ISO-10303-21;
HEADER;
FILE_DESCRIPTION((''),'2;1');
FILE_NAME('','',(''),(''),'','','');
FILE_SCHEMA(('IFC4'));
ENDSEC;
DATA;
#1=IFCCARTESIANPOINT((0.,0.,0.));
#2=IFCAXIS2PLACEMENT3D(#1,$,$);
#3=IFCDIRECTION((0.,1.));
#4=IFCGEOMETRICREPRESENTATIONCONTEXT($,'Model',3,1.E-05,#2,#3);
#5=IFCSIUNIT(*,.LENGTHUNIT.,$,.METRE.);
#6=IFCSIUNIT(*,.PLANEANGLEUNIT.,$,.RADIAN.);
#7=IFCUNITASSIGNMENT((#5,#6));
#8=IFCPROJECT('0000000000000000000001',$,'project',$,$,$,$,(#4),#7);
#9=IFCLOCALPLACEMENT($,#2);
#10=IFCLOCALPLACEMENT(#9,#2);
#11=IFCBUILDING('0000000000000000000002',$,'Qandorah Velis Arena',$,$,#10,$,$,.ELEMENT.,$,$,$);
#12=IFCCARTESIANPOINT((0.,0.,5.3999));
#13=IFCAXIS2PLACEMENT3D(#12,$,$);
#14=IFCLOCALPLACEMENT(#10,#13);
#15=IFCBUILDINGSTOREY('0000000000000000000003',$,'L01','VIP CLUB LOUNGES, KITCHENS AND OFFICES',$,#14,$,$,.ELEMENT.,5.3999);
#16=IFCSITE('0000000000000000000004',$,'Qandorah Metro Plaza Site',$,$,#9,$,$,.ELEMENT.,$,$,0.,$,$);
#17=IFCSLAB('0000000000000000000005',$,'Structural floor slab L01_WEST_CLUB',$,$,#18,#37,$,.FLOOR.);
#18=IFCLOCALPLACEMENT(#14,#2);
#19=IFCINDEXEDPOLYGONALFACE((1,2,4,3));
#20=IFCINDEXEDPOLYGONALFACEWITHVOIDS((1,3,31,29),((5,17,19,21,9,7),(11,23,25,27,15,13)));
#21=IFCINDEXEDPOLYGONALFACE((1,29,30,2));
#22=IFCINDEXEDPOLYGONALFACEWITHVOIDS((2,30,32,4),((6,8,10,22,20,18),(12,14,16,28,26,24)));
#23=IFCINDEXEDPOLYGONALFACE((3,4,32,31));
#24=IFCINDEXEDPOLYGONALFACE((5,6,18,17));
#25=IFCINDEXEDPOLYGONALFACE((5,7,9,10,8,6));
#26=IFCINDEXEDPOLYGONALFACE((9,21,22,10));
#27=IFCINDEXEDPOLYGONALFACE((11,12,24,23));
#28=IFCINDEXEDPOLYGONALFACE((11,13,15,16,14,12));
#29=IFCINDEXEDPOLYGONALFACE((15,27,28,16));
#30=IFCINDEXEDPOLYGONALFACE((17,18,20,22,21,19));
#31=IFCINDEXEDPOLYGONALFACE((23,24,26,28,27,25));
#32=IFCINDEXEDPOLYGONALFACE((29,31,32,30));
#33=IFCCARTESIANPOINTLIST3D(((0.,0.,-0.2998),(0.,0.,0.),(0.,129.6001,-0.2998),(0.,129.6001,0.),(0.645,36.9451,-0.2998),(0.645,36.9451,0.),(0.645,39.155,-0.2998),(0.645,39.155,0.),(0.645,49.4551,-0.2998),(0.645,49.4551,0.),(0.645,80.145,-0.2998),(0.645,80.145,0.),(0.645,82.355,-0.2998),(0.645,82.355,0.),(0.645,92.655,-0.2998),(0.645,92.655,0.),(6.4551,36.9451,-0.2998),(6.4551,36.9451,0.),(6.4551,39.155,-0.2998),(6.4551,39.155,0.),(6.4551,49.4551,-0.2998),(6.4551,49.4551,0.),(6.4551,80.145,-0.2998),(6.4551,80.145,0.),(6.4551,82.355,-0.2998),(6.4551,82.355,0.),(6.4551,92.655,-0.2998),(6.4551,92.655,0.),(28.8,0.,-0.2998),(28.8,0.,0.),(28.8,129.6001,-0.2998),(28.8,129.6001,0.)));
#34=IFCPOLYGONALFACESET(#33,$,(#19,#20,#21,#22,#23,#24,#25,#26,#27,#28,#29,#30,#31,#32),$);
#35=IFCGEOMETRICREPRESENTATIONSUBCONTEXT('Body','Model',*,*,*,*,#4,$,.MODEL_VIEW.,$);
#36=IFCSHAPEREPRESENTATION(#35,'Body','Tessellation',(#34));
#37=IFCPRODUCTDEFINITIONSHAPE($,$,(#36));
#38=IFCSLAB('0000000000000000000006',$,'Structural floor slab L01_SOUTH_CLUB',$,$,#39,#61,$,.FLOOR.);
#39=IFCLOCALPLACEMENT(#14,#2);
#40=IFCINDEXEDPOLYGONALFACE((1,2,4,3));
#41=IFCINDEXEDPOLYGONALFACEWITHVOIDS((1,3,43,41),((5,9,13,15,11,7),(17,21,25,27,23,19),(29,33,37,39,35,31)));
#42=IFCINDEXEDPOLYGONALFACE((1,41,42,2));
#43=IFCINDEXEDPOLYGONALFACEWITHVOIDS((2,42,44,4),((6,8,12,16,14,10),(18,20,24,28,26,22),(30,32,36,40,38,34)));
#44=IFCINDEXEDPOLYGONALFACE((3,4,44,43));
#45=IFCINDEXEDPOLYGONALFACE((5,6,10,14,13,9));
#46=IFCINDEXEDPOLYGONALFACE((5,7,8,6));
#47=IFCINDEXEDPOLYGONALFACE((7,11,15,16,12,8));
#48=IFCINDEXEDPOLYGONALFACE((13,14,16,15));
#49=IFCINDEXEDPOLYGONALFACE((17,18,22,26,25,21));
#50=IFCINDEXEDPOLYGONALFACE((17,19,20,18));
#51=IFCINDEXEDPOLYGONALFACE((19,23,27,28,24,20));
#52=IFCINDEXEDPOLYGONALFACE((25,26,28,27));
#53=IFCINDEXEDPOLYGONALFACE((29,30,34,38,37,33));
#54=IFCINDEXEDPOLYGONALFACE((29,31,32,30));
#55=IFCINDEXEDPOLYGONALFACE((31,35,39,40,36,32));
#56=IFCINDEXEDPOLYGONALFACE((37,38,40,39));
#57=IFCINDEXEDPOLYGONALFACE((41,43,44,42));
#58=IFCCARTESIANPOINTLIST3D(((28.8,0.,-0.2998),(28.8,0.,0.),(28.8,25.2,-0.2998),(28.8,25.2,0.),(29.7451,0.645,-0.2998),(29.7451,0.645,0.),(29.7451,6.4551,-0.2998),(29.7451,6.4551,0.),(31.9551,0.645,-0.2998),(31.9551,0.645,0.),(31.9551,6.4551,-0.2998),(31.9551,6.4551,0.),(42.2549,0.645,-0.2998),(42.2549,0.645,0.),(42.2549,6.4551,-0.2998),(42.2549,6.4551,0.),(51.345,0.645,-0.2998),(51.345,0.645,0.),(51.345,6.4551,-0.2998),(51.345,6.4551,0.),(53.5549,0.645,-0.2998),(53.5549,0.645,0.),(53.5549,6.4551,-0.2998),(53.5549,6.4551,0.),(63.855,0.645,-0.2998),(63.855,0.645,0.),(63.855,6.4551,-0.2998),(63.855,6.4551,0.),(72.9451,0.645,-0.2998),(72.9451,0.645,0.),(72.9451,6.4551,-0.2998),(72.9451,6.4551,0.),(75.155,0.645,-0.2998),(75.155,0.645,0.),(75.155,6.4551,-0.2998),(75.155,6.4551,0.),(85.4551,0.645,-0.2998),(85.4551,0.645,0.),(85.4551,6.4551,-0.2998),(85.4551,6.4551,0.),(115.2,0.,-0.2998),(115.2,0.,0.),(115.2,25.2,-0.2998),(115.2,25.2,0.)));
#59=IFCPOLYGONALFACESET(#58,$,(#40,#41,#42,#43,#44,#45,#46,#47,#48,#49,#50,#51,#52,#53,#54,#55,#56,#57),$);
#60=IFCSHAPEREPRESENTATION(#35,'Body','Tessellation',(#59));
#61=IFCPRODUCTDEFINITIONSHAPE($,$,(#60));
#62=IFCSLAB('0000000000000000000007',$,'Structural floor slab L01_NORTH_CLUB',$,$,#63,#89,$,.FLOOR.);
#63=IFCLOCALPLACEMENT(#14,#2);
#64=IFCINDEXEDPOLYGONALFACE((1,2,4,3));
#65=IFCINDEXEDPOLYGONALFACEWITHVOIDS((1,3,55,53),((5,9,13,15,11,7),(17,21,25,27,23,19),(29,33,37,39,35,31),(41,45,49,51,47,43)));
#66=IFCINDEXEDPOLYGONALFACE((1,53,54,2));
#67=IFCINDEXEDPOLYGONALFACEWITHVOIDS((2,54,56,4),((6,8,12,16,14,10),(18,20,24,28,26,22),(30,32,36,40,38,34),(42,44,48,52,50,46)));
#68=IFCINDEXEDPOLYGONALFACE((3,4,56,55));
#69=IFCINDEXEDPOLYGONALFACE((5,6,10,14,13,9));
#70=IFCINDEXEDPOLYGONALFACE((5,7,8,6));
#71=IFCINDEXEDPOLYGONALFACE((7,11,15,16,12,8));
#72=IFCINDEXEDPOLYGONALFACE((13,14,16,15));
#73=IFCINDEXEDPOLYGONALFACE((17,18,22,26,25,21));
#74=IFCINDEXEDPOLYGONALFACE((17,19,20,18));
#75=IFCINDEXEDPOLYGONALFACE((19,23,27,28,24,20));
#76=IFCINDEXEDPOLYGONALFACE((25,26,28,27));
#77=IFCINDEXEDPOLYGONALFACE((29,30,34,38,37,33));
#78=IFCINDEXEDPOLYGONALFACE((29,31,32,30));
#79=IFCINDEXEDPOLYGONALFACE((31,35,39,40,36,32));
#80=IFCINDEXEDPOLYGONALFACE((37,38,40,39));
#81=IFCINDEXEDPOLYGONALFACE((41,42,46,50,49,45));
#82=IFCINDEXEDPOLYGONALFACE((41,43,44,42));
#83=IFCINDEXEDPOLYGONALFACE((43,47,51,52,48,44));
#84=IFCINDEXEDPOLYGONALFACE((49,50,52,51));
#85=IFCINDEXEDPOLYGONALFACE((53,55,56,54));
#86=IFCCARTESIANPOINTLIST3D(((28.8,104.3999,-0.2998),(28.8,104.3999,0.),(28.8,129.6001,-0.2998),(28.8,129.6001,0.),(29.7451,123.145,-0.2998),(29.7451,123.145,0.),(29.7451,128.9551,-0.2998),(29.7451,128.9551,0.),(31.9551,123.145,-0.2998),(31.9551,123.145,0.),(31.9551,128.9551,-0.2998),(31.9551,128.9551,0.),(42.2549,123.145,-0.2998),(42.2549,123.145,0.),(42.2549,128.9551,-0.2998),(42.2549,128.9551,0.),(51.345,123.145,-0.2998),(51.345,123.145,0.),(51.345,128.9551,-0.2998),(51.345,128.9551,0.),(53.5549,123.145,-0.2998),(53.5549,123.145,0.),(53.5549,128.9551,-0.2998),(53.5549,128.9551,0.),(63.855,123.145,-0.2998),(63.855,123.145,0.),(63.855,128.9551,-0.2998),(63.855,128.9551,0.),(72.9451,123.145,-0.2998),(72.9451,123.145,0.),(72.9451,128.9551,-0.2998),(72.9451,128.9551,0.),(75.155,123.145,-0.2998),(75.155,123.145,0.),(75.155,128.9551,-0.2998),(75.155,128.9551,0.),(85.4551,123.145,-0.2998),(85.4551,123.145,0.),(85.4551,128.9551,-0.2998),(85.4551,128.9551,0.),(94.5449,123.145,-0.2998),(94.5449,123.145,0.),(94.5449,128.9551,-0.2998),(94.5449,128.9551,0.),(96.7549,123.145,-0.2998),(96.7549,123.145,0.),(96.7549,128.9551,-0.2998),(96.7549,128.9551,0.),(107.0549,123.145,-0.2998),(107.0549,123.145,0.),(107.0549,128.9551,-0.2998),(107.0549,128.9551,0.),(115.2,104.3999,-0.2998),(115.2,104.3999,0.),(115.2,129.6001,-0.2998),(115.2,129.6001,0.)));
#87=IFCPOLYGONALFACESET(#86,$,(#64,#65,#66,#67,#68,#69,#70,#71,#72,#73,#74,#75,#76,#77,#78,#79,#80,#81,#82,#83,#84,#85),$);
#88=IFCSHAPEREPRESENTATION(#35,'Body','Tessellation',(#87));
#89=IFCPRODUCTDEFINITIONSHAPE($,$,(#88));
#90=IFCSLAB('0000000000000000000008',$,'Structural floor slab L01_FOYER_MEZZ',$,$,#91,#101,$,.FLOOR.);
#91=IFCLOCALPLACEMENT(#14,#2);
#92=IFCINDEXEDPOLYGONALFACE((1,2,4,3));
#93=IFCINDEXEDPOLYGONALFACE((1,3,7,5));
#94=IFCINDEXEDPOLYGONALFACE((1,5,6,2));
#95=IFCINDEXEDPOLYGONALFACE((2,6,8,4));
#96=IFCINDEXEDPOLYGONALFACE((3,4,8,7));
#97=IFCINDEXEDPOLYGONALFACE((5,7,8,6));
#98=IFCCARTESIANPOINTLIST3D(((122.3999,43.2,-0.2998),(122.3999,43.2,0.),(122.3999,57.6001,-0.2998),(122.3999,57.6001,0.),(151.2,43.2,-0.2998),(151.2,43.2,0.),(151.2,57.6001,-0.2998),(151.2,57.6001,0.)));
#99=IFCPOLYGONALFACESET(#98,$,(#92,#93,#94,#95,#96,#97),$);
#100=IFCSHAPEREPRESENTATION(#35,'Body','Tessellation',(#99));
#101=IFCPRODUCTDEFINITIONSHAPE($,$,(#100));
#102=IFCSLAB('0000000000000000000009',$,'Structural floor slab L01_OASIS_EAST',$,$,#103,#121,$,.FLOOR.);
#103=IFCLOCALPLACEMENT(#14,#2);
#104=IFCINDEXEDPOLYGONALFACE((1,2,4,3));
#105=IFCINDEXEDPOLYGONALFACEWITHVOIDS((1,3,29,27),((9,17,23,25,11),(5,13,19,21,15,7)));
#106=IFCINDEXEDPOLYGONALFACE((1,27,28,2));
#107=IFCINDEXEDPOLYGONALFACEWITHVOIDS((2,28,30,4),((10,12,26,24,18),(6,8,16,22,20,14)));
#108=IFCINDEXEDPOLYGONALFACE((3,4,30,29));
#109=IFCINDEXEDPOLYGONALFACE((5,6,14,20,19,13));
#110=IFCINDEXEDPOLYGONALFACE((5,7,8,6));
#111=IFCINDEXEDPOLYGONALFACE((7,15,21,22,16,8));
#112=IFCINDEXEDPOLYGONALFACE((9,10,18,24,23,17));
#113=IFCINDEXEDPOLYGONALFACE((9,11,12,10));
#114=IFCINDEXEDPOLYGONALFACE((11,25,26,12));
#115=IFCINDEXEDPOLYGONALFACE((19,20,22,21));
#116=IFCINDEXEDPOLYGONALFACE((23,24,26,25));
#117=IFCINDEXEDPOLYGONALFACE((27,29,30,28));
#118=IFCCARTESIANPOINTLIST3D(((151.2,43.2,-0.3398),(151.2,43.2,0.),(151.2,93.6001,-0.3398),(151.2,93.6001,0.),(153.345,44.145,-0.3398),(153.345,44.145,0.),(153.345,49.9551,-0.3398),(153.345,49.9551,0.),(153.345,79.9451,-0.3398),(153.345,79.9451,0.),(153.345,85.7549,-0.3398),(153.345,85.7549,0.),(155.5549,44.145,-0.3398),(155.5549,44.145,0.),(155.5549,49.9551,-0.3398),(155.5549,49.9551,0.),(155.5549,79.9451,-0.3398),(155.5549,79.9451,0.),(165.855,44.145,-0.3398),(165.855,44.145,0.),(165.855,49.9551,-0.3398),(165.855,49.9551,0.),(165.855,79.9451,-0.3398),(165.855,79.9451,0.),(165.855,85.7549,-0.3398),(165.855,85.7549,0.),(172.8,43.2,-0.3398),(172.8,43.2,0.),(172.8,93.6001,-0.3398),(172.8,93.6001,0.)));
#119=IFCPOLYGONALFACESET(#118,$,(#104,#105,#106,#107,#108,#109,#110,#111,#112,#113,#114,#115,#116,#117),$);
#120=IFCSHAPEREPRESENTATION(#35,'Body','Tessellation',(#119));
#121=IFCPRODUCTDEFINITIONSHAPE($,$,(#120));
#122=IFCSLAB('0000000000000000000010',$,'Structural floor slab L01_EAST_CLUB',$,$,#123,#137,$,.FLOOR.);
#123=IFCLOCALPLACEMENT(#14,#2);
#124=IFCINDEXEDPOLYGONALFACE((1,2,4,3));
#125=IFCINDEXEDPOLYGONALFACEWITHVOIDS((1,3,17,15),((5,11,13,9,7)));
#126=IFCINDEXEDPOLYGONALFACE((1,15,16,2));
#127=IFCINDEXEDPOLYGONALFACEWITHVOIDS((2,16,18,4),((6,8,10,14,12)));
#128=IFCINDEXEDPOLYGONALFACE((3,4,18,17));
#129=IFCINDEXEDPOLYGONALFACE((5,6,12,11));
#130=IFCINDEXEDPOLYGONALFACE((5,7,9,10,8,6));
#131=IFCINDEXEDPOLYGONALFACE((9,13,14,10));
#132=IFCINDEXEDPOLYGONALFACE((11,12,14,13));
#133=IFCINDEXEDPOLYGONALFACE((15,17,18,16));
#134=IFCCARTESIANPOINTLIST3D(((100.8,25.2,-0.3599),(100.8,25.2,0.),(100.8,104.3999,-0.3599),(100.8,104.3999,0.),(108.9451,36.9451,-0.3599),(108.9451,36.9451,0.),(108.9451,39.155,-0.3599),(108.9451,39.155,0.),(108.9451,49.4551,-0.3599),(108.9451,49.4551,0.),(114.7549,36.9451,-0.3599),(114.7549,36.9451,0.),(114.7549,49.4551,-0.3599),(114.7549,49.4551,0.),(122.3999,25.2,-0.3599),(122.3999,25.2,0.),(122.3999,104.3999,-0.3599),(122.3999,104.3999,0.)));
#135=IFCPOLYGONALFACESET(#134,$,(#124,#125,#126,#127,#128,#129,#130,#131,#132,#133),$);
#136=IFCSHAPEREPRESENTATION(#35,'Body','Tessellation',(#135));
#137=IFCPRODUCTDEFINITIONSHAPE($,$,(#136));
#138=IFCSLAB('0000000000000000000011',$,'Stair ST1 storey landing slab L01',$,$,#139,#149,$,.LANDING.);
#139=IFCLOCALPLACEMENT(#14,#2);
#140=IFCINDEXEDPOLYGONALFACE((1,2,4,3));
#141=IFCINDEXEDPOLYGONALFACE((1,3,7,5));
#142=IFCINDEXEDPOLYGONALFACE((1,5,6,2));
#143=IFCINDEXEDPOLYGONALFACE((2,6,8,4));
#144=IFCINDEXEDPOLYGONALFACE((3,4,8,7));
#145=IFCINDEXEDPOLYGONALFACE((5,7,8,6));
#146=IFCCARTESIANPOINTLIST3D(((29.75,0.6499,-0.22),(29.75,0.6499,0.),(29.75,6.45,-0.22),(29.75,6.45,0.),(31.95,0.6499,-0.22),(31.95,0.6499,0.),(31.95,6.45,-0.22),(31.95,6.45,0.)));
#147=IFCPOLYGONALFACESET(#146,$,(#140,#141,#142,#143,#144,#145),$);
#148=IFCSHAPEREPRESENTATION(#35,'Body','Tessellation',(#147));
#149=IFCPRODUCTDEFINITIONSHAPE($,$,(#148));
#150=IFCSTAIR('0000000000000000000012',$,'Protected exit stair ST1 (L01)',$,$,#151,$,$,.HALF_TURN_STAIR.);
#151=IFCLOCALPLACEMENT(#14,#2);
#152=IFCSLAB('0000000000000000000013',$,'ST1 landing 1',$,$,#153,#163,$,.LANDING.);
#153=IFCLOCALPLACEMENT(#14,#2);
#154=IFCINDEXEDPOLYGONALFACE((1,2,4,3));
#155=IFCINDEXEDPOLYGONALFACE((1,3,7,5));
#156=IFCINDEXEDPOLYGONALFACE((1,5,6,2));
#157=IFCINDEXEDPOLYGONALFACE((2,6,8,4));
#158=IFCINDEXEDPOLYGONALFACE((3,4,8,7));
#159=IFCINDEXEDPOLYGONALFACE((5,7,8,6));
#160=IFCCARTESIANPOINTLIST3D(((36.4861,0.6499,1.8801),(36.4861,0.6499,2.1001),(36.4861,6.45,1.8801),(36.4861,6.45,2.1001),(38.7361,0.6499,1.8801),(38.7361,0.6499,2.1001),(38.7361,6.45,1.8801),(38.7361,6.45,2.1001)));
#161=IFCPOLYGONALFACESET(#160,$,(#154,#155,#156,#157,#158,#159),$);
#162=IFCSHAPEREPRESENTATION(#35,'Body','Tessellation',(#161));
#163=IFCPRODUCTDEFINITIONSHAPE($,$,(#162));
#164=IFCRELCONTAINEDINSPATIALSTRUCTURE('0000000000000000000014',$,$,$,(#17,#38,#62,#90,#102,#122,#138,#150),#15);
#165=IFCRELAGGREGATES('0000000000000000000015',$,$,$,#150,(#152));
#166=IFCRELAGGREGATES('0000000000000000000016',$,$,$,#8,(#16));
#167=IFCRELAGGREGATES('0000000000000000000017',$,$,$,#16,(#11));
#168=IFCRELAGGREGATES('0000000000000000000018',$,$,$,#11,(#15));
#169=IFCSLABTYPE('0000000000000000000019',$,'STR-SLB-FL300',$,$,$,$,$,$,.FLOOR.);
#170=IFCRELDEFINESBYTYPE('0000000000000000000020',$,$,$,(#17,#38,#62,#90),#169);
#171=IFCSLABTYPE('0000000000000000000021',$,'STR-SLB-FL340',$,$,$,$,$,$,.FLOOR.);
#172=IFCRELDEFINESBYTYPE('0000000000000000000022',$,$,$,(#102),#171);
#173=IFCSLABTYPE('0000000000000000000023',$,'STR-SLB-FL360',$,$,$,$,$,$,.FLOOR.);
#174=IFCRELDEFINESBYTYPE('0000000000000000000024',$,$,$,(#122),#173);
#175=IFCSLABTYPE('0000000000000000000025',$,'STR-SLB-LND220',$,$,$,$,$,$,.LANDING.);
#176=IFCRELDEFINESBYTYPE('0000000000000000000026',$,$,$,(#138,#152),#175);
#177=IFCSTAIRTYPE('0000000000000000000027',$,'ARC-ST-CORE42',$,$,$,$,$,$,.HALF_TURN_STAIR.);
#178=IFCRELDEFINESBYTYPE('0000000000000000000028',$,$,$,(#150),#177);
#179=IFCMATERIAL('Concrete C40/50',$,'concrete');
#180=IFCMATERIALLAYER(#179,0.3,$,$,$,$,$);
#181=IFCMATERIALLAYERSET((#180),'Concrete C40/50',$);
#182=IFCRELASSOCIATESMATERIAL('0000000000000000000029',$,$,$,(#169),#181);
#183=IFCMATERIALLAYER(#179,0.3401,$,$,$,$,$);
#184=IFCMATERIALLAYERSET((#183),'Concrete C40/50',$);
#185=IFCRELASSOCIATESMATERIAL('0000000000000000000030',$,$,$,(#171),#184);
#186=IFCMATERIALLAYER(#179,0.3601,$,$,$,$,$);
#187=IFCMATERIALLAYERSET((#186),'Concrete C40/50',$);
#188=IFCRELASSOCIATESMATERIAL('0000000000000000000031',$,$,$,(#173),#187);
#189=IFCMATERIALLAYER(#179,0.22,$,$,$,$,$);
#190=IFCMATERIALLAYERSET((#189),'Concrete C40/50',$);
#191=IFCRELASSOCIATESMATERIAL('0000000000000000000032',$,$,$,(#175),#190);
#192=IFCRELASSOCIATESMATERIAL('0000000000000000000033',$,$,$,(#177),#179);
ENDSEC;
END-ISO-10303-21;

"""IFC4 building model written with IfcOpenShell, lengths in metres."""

from ifc_helpers import new_model, si_unit, direction, frame, origin, place, context, subcontext, project, spatial, polyline, outline, extrude, material, layer, layer_set, type_object, element, aggregate, save


model = new_model("IFC4")

# Units and contexts
model_context = context("Model", 3, precision=1e-05, world=origin(), true_north=direction((0.0, 1.0)))
body_context = subcontext(model_context, "Body", "Model", "MODEL_VIEW")
ifc_project = project(units=[si_unit("LENGTHUNIT", "METRE"), si_unit("PLANEANGLEUNIT", "RADIAN")], contexts=[model_context])

# Site, building, storey
site_placement = place(None, origin())
site = spatial("IfcSite", under=ifc_project, at=site_placement, Name="Qandorah Metro Plaza Site", CompositionType="ELEMENT", RefElevation=0.0)
building_placement = place(site_placement, origin())
building = spatial("IfcBuilding", under=site, at=building_placement, Name="Qandorah Velis Arena", CompositionType="ELEMENT")
storey_placement = place(building_placement, frame((0.0, 0.0, 5.3999)))
storey = spatial("IfcBuildingStorey", under=building, at=storey_placement, Name="L01", Description="VIP CLUB LOUNGES, KITCHENS AND OFFICES", CompositionType="ELEMENT", Elevation=5.3999)

# Slabs
ifc_material = material(Name="Concrete C40/50", Category="concrete")
ifc_layer_1 = layer(ifc_material, 0.3)
ifc_layer_set_1 = layer_set([ifc_layer_1], Name="Concrete C40/50")
slab_type_1 = type_object("IfcSlabType", Name="STR-SLB-FL300", PredefinedType="FLOOR", material=ifc_layer_set_1)
slab_1_placement = place(storey_placement, frame((0.0, 0.0, -0.2998)))
element("IfcSlab", 1, at=slab_1_placement, inside=storey, type_object=slab_type_1, Name="Structural floor slab L01_WEST_CLUB", PredefinedType="FLOOR", context=body_context, shape_type="SweptSolid", body=[
    extrude(outline(polyline([(28.8, 0.0), (0.0, 0.0), (0.0, 129.6001), (28.8, 129.6001), (28.8, 0.0)]), holes=[polyline([(6.4551, 36.9451), (6.4551, 39.155), (6.4551, 49.4551), (0.645, 49.4551), (0.645, 39.155), (0.645, 36.9451), (6.4551, 36.9451)]), polyline([(0.645, 80.145), (6.4551, 80.145), (6.4551, 82.355), (6.4551, 92.655), (0.645, 92.655), (0.645, 82.355), (0.645, 80.145)])]), origin(), (0.0, 0.0, 1.0), 0.2998),
])
slab_2_placement = place(storey_placement, frame((0.0, 0.0, -0.2998)))
element("IfcSlab", 2, at=slab_2_placement, inside=storey, type_object=slab_type_1, Name="Structural floor slab L01_SOUTH_CLUB", PredefinedType="FLOOR", context=body_context, shape_type="SweptSolid", body=[
    extrude(outline(polyline([(28.8, 25.2), (115.2, 25.2), (115.2, 0.0), (28.8, 0.0), (28.8, 25.2)]), holes=[polyline([(42.2549, 6.4551), (31.9551, 6.4551), (29.7451, 6.4551), (29.7451, 0.645), (31.9551, 0.645), (42.2549, 0.645), (42.2549, 6.4551)]), polyline([(85.4551, 0.645), (85.4551, 6.4551), (75.155, 6.4551), (72.9451, 6.4551), (72.9451, 0.645), (75.155, 0.645), (85.4551, 0.645)]), polyline([(51.345, 0.645), (53.5549, 0.645), (63.855, 0.645), (63.855, 6.4551), (53.5549, 6.4551), (51.345, 6.4551), (51.345, 6.4551), (51.345, 0.645), (51.345, 0.645)])]), origin(), (0.0, 0.0, 1.0), 0.2998),
])
slab_3_placement = place(storey_placement, frame((0.0, 0.0, -0.2998)))
element("IfcSlab", 3, at=slab_3_placement, inside=storey, type_object=slab_type_1, Name="Structural floor slab L01_NORTH_CLUB", PredefinedType="FLOOR", context=body_context, shape_type="SweptSolid", body=[
    extrude(outline(polyline([(115.2, 104.3999), (28.8, 104.3999), (28.8, 129.6001), (115.2, 129.6001), (115.2, 104.3999)]), holes=[polyline([(29.7451, 123.145), (31.9551, 123.145), (42.2549, 123.145), (42.2549, 128.9551), (31.9551, 128.9551), (31.9551, 128.9551), (29.7451, 128.9551), (29.7451, 128.9551), (29.7451, 123.145)]), polyline([(72.9451, 128.9551), (72.9451, 123.145), (75.155, 123.145), (85.4551, 123.145), (85.4551, 128.9551), (75.155, 128.9551), (75.155, 128.9551), (72.9451, 128.9551), (72.9451, 128.9551)]), polyline([(51.345, 128.9551), (51.345, 123.145), (51.345, 123.145), (53.5549, 123.145), (63.855, 123.145), (63.855, 128.9551), (53.5549, 128.9551), (53.5549, 128.9551), (51.345, 128.9551)]), polyline([(96.7549, 128.9551), (94.5449, 128.9551), (94.5449, 128.9551), (94.5449, 123.145), (96.7549, 123.145), (107.0549, 123.145), (107.0549, 128.9551), (96.7549, 128.9551), (96.7549, 128.9551)])]), origin(), (0.0, 0.0, 1.0), 0.2998),
])
slab_4_placement = place(storey_placement, frame((0.0, 0.0, -0.2998)))
element("IfcSlab", 4, at=slab_4_placement, inside=storey, type_object=slab_type_1, Name="Structural floor slab L01_FOYER_MEZZ", PredefinedType="FLOOR", context=body_context, shape_type="SweptSolid", body=[
    extrude(outline(polyline([(151.2, 43.2), (151.2, 57.6001), (122.3999, 57.6001), (122.3999, 43.2), (151.2, 43.2)])), origin(), (0.0, 0.0, 1.0), 0.2998),
])
ifc_layer_2 = layer(ifc_material, 0.3401)
ifc_layer_set_2 = layer_set([ifc_layer_2], Name="Concrete C40/50")
slab_type_2 = type_object("IfcSlabType", Name="STR-SLB-FL340", PredefinedType="FLOOR", material=ifc_layer_set_2)
slab_5_placement = place(storey_placement, frame((0.0, 0.0, -0.3398)))
element("IfcSlab", 5, at=slab_5_placement, inside=storey, type_object=slab_type_2, Name="Structural floor slab L01_OASIS_EAST", PredefinedType="FLOOR", context=body_context, shape_type="SweptSolid", body=[
    extrude(outline(polyline([(172.8, 43.2), (151.2, 43.2), (151.2, 93.6001), (172.8, 93.6001), (172.8, 43.2)]), holes=[polyline([(155.5549, 44.145), (165.855, 44.145), (165.855, 49.9551), (155.5549, 49.9551), (153.345, 49.9551), (153.345, 44.145), (155.5549, 44.145)]), polyline([(153.345, 79.9451), (155.5549, 79.9451), (165.855, 79.9451), (165.855, 85.7549), (153.345, 85.7549), (153.345, 85.7549), (153.345, 79.9451)])]), origin(), (0.0, 0.0, 1.0), 0.3398),
])
ifc_layer_3 = layer(ifc_material, 0.3601)
ifc_layer_set_3 = layer_set([ifc_layer_3], Name="Concrete C40/50")
slab_type_3 = type_object("IfcSlabType", Name="STR-SLB-FL360", PredefinedType="FLOOR", material=ifc_layer_set_3)
slab_6_placement = place(storey_placement, frame((0.0, 0.0, -0.3599)))
element("IfcSlab", 6, at=slab_6_placement, inside=storey, type_object=slab_type_3, Name="Structural floor slab L01_EAST_CLUB", PredefinedType="FLOOR", context=body_context, shape_type="SweptSolid", body=[
    extrude(outline(polyline([(100.8, 104.3999), (122.3999, 104.3999), (122.3999, 25.2), (100.8, 25.2), (100.8, 104.3999)]), holes=[polyline([(108.9451, 36.9451), (114.7549, 36.9451), (114.7549, 36.9451), (114.7549, 49.4551), (108.9451, 49.4551), (108.9451, 39.155), (108.9451, 36.9451)])]), origin(), (0.0, 0.0, 1.0), 0.3599),
])
ifc_layer_4 = layer(ifc_material, 0.22)
ifc_layer_set_4 = layer_set([ifc_layer_4], Name="Concrete C40/50")
slab_type_4 = type_object("IfcSlabType", Name="STR-SLB-LND220", PredefinedType="LANDING", material=ifc_layer_set_4)
slab_7_placement = place(storey_placement, frame((0.0, 0.0, -0.22)))
element("IfcSlab", 7, at=slab_7_placement, inside=storey, type_object=slab_type_4, Name="Stair ST1 storey landing slab L01", PredefinedType="LANDING", context=body_context, shape_type="SweptSolid", body=[
    extrude(outline(polyline([(29.75, 0.6499), (31.95, 0.6499), (31.95, 6.45), (29.75, 6.45), (29.75, 0.6499)])), origin(), (0.0, 0.0, 1.0), 0.22),
])

# Stair, slab
stair_type = type_object("IfcStairType", Name="ARC-ST-CORE42", PredefinedType="HALF_TURN_STAIR", material=ifc_material)
stair_1_placement = place(storey_placement, origin())
stair_1 = element("IfcStair", 8, at=stair_1_placement, inside=storey, type_object=stair_type, Name="Protected exit stair ST1 (L01)", PredefinedType="HALF_TURN_STAIR")
slab_8_placement = place(storey_placement, frame((0.0, 0.0, 1.8801)))
slab_8 = element("IfcSlab", 9, at=slab_8_placement, type_object=slab_type_4, Name="ST1 landing 1", PredefinedType="LANDING", context=body_context, shape_type="SweptSolid", body=[
    extrude(outline(polyline([(36.4861, 0.6499), (38.7361, 0.6499), (38.7361, 6.45), (36.4861, 6.45), (36.4861, 0.6499)])), origin(), (0.0, 0.0, 1.0), 0.22),
])
aggregate(stair_1, [slab_8])

save(model, "model.ifc")
